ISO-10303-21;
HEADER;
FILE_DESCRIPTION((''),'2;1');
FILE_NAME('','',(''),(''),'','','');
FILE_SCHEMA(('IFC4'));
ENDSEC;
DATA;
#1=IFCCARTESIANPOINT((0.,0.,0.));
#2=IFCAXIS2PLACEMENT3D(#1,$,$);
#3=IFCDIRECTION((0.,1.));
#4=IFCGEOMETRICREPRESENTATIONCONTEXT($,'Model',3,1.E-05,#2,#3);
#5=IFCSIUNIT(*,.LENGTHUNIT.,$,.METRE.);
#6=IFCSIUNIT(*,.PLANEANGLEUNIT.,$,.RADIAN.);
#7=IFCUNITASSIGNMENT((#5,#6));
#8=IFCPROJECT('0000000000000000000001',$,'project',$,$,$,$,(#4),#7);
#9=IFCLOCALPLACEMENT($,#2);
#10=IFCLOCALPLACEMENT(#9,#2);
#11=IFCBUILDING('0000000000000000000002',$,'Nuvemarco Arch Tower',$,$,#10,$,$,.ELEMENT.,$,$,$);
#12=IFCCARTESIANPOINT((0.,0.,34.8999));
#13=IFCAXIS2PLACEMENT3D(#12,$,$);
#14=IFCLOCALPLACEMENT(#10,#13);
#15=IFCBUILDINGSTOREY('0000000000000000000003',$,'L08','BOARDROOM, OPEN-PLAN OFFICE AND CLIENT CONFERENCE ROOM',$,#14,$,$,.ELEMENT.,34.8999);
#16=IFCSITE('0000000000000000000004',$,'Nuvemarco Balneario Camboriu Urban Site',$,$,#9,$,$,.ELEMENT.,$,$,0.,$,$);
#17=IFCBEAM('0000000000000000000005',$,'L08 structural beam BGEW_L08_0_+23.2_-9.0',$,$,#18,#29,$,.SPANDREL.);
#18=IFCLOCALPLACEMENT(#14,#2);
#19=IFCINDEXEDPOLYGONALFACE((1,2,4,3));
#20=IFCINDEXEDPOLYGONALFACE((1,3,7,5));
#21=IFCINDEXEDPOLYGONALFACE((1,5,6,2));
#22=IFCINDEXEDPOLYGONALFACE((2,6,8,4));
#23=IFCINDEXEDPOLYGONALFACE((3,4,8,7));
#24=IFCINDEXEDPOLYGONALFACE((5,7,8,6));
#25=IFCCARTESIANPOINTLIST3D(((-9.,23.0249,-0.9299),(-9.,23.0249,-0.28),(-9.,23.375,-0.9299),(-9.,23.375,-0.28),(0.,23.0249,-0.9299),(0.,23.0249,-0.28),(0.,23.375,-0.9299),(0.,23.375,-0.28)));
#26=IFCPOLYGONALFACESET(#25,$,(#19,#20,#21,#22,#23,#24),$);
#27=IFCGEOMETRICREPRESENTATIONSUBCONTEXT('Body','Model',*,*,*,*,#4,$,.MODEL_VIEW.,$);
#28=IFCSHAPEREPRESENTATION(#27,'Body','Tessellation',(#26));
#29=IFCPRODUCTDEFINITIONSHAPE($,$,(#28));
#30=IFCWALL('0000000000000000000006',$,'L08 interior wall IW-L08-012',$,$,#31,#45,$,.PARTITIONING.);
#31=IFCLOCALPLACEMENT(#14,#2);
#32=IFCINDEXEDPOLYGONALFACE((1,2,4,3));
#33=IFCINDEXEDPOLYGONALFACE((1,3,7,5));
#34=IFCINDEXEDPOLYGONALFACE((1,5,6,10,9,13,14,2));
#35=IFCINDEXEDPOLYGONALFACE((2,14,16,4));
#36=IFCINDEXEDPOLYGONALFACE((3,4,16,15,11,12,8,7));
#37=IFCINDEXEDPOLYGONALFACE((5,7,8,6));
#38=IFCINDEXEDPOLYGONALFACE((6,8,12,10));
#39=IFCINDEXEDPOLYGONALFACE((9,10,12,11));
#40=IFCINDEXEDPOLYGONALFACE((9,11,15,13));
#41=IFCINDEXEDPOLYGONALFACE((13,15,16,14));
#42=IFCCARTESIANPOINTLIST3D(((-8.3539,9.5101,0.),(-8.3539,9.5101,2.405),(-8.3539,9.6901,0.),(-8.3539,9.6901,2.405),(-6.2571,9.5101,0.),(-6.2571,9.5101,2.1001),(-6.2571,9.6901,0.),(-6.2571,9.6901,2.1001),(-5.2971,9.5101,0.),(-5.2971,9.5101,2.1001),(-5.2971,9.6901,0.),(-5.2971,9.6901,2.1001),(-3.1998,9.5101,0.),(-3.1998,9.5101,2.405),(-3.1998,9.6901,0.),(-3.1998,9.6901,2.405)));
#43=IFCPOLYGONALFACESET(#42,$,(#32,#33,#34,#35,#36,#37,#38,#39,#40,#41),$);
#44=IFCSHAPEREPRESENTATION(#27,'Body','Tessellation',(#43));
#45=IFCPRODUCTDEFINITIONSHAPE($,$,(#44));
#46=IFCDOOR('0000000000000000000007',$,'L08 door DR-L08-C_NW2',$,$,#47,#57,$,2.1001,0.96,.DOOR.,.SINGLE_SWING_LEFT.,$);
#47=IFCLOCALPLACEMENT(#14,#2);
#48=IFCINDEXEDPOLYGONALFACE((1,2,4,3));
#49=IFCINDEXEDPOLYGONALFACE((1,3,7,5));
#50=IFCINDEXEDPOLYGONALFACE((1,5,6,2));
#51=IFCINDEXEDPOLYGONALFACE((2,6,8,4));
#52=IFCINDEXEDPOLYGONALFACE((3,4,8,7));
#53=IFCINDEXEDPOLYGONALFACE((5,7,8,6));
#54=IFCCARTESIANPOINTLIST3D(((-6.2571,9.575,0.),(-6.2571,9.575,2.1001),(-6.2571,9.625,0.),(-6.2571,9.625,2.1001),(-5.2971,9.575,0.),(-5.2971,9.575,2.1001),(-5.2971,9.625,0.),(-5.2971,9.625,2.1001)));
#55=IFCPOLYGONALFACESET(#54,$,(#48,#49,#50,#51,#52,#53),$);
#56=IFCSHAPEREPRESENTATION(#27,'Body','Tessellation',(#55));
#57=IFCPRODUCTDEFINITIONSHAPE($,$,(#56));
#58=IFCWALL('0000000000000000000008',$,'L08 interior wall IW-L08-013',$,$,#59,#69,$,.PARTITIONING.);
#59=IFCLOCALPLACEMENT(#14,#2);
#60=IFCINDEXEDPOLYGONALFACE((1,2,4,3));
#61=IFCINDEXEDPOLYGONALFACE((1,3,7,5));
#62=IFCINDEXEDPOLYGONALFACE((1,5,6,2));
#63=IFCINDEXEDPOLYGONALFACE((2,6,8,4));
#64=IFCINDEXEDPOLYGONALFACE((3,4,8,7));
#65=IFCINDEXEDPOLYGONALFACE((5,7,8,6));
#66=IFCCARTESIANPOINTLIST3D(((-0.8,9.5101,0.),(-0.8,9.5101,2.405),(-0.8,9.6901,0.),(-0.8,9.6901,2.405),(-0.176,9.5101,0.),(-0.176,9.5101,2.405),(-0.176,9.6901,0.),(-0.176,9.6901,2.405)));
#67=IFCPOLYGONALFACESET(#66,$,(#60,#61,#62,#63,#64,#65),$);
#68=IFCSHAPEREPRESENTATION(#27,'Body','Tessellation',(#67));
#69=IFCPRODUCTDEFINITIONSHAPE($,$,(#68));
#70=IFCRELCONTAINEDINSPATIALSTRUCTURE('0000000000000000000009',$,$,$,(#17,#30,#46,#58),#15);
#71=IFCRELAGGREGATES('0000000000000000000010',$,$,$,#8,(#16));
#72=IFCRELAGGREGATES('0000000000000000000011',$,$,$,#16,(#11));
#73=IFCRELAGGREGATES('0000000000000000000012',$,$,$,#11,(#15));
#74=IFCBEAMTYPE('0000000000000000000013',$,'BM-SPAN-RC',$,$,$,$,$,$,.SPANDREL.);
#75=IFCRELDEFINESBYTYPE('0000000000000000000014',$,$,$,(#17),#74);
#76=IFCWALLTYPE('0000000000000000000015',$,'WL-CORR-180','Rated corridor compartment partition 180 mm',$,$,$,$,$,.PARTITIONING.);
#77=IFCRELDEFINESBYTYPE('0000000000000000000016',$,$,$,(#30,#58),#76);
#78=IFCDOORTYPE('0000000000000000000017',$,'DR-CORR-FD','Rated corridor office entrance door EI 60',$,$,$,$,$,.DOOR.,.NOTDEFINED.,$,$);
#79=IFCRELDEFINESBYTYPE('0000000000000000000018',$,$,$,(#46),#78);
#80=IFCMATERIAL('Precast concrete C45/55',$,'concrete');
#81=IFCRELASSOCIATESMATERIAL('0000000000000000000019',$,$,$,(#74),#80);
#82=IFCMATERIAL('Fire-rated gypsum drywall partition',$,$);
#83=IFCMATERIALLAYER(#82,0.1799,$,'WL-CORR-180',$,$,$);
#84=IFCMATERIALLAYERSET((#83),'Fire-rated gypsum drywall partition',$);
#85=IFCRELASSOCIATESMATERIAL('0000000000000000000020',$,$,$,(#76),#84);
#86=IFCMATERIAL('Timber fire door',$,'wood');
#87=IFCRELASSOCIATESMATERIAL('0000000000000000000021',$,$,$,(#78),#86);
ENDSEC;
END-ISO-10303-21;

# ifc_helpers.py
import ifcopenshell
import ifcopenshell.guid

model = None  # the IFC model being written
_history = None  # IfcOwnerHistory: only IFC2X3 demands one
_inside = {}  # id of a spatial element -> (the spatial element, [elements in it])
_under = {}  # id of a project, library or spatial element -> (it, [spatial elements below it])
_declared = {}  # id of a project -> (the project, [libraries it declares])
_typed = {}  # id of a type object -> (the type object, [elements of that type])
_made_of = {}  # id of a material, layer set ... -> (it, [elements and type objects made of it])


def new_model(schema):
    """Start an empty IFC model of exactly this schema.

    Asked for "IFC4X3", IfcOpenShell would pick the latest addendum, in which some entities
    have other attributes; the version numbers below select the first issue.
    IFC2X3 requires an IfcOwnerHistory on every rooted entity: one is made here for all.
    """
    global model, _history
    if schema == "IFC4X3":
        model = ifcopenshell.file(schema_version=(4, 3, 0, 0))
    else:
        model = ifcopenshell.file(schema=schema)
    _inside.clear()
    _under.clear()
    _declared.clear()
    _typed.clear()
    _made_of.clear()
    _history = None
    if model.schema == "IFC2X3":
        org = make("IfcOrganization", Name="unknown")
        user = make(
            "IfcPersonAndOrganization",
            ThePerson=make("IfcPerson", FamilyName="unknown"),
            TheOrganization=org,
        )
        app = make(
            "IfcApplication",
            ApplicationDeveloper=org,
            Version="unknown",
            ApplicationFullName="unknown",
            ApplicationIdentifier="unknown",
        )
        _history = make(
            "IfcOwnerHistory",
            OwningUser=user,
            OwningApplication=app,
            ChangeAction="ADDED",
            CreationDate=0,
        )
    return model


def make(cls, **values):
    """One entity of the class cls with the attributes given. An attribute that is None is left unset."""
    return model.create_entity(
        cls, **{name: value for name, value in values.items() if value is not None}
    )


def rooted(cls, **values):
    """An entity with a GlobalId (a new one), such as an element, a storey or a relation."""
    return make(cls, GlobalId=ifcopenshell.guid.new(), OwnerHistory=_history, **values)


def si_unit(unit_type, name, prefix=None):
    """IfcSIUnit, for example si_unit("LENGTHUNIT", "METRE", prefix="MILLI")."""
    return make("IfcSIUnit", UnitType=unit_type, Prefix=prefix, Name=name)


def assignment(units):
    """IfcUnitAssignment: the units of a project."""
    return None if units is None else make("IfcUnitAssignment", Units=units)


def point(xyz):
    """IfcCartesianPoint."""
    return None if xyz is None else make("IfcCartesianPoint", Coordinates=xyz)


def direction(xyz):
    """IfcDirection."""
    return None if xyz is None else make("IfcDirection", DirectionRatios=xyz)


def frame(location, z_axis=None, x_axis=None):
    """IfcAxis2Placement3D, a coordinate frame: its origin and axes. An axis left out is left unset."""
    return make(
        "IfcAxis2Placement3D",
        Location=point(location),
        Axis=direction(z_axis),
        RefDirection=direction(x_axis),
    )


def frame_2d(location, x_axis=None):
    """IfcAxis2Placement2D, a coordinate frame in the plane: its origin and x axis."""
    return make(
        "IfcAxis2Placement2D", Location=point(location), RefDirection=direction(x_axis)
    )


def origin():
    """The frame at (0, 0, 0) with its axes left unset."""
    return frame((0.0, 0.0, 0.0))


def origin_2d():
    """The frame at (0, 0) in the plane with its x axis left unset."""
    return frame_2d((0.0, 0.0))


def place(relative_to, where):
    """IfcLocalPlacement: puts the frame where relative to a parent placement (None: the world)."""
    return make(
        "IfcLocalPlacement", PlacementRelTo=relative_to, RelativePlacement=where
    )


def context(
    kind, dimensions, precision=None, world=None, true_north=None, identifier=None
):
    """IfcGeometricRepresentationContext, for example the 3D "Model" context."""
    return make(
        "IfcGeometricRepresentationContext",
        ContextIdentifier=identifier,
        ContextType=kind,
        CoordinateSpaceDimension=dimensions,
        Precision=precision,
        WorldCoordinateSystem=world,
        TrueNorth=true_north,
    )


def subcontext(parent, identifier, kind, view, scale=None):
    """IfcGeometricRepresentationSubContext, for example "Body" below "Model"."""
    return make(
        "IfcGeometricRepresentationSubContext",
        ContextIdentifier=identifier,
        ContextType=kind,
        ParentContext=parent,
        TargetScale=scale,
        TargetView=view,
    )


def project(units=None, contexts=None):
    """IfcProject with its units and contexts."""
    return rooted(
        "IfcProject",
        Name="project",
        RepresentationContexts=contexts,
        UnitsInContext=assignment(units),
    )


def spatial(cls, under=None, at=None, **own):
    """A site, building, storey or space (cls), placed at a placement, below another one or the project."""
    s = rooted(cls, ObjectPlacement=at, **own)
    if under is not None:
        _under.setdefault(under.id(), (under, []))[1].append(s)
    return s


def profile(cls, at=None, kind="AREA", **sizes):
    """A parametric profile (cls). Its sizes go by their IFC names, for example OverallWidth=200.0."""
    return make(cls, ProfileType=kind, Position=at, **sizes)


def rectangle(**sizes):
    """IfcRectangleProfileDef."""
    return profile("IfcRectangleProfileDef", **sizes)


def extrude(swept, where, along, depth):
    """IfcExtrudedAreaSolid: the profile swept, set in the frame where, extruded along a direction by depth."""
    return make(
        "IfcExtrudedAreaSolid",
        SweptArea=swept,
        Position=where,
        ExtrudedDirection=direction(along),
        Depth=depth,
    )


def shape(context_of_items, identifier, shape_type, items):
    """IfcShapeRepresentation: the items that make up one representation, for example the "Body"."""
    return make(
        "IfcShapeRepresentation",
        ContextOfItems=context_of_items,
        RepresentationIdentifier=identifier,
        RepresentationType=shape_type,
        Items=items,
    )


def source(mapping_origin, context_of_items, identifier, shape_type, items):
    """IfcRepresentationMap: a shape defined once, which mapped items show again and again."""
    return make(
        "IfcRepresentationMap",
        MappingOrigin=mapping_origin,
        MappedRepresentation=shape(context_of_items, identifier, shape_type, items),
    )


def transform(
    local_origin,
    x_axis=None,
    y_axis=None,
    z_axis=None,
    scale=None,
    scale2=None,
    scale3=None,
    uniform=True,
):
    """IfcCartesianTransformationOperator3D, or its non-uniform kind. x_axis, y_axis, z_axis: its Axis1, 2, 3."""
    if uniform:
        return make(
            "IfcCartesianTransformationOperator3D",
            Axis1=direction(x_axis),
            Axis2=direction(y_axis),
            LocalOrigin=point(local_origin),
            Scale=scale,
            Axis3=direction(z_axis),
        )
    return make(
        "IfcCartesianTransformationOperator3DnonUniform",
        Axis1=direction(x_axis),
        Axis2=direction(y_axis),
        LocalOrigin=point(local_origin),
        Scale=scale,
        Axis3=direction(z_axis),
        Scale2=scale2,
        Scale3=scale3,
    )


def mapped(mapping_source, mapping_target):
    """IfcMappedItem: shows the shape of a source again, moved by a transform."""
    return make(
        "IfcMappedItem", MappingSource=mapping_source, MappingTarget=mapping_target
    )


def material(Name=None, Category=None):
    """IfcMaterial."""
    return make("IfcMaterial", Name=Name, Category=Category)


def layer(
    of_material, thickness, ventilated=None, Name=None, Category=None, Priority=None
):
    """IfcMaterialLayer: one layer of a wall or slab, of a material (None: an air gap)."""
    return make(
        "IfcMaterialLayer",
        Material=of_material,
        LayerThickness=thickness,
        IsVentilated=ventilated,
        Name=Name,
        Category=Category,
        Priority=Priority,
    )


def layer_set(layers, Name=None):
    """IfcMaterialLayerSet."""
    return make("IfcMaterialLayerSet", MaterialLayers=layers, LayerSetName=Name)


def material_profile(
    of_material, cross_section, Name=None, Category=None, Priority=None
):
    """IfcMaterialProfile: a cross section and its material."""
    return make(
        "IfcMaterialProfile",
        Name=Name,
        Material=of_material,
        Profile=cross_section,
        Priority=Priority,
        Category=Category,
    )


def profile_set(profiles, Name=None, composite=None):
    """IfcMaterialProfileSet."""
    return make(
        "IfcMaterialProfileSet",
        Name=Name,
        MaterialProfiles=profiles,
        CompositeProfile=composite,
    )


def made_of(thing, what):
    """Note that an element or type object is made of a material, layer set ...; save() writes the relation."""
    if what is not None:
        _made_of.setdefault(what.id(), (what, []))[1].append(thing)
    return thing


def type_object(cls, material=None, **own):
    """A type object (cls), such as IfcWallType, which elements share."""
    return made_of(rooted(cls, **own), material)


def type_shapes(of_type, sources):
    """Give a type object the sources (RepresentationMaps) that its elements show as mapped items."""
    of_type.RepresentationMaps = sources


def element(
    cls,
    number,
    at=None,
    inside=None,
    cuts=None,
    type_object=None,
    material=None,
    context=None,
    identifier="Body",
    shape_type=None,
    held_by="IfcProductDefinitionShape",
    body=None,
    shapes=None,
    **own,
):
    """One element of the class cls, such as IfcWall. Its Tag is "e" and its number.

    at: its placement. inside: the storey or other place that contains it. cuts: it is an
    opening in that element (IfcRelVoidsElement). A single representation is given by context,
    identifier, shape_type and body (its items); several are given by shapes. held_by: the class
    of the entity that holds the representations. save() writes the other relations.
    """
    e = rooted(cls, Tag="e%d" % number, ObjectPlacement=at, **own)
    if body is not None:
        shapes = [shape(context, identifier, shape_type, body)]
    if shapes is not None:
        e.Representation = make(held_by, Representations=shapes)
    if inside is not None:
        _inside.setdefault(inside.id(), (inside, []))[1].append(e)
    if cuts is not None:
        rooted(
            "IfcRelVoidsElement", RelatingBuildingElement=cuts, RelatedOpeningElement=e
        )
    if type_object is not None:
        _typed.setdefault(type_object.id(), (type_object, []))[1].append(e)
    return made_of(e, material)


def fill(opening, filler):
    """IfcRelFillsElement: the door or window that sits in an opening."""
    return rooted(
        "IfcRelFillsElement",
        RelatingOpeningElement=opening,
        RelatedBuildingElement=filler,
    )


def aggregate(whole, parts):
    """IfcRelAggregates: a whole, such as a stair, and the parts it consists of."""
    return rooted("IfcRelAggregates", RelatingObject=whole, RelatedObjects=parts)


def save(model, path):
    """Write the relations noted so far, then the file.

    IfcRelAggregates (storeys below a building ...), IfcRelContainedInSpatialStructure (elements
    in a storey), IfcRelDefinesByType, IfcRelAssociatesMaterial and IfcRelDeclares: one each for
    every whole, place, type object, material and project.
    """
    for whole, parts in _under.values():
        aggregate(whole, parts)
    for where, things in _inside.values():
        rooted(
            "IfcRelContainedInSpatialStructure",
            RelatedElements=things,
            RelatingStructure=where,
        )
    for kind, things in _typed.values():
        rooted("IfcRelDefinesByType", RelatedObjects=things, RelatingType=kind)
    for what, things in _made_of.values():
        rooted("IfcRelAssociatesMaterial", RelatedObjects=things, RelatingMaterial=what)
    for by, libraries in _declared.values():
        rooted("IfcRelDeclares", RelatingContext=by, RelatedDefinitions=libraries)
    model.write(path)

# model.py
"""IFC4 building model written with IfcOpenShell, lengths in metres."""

from ifc_helpers import new_model, si_unit, direction, frame, frame_2d, origin, origin_2d, place, context, subcontext, project, spatial, rectangle, extrude, source, transform, mapped, material, layer, layer_set, material_profile, profile_set, type_object, type_shapes, element, fill, save


model = new_model("IFC4")

# Units and contexts
model_context = context("Model", 3, precision=1e-05, world=origin(), true_north=direction((0.0, 1.0)))
body_context = subcontext(model_context, "Body", "Model", "MODEL_VIEW")
ifc_project = project(units=[si_unit("LENGTHUNIT", "METRE"), si_unit("PLANEANGLEUNIT", "RADIAN")], contexts=[model_context])

# Site, building, storey
site_placement = place(None, origin())
site = spatial("IfcSite", under=ifc_project, at=site_placement, Name="Nuvemarco Balneario Camboriu Urban Site", CompositionType="ELEMENT", RefElevation=0.0)
building_placement = place(site_placement, origin())
building = spatial("IfcBuilding", under=site, at=building_placement, Name="Nuvemarco Arch Tower", CompositionType="ELEMENT")
storey_placement = place(building_placement, frame((0.0, 0.0, 34.8999)))
storey = spatial("IfcBuildingStorey", under=building, at=storey_placement, Name="L08", Description="BOARDROOM, OPEN-PLAN OFFICE AND CLIENT CONFERENCE ROOM", CompositionType="ELEMENT", Elevation=34.8999)

# Beam
ifc_material_1 = material(Name="Precast concrete C45/55", Category="concrete")
ifc_material_profile_1 = material_profile(ifc_material_1, rectangle(XDim=0.3501, YDim=0.6499, at=origin_2d()), Name="PC-SP-350x650")
ifc_profile_set_1 = profile_set([ifc_material_profile_1], Name="Precast concrete C45/55")
beam_type_1 = type_object("IfcBeamType", Name="BM-SPAN-RC", PredefinedType="SPANDREL", material=ifc_profile_set_1)
beam_1_placement = place(storey_placement, frame((-9.0, 23.2, -0.605), z_axis=(1.0, 0.0, 0.0), x_axis=(0.0, 1.0, 0.0)))
element("IfcBeam", 1, at=beam_1_placement, inside=storey, type_object=beam_type_1, Name="L08 structural beam BGEW_L08_0_+23.2_-9.0", PredefinedType="SPANDREL", context=body_context, shape_type="SweptSolid", body=[
    extrude(rectangle(XDim=0.3501, YDim=0.6499, at=origin_2d()), origin(), (0.0, 0.0, 1.0), 9.0),
])

# Wall, opening, door
ifc_material_2 = material(Name="Fire-rated gypsum drywall partition")
ifc_layer_1 = layer(ifc_material_2, 0.1799, Name="WL-CORR-180")
ifc_layer_set_1 = layer_set([ifc_layer_1], Name="Fire-rated gypsum drywall partition")
wall_type_1 = type_object("IfcWallType", Name="WL-CORR-180", Description="Rated corridor compartment partition 180 mm", PredefinedType="PARTITIONING", material=ifc_layer_set_1)
wall_1_placement = place(storey_placement, frame((-8.354, 9.6001, 0.0), z_axis=(0.0, 0.0, 1.0), x_axis=(1.0, 0.0, 0.0)))
wall_1 = element("IfcWall", 2, at=wall_1_placement, inside=storey, type_object=wall_type_1, Name="L08 interior wall IW-L08-012", PredefinedType="PARTITIONING", context=body_context, shape_type="SweptSolid", body=[
    extrude(rectangle(XDim=5.1541, YDim=0.1799, at=frame_2d((2.5771, 0.0))), origin(), (0.0, 0.0, 1.0), 2.405),
])
opening_1_placement = place(wall_1_placement, frame((2.0969, 0.0, 0.0)))
opening_1 = element("IfcOpeningElement", 3, at=opening_1_placement, cuts=wall_1, PredefinedType="OPENING", context=body_context, shape_type="SweptSolid", body=[
    extrude(rectangle(XDim=0.96, YDim=2.1001, at=frame_2d((0.48, 1.05))), frame((0.0, 0.0999, 0.0), z_axis=(0.0, -1.0, 0.0), x_axis=(1.0, 0.0, 0.0)), (0.0, 0.0, 1.0), 0.2),
])
ifc_material_3 = material(Name="Timber fire door", Category="wood")
door_type = type_object("IfcDoorType", Name="DR-CORR-FD", Description="Rated corridor office entrance door EI 60", OperationType="NOTDEFINED", PredefinedType="DOOR", material=ifc_material_3)
shared_shape_1 = source(origin(), body_context, "Body", "SweptSolid", [
    extrude(rectangle(XDim=0.96, YDim=2.1001, at=frame_2d((0.48, 1.05))), frame((0.0, 0.0249, 0.0), z_axis=(0.0, -1.0, 0.0), x_axis=(1.0, 0.0, 0.0)), (0.0, 0.0, 1.0), 0.05),
])
type_shapes(door_type, [shared_shape_1])
door_1_placement = place(opening_1_placement, origin())
door_1 = element("IfcDoor", 4, at=door_1_placement, inside=storey, type_object=door_type, Name="L08 door DR-L08-C_NW2", OperationType="SINGLE_SWING_LEFT", OverallHeight=2.1001, OverallWidth=0.96, PredefinedType="DOOR", context=body_context, shape_type="MappedRepresentation", body=[
    mapped(shared_shape_1, transform((0.0, 0.0, 0.0), scale=1.0)),
])
fill(opening_1, door_1)

# Wall
wall_2_placement = place(storey_placement, frame((-0.8, 9.6001, 0.0), z_axis=(0.0, 0.0, 1.0), x_axis=(1.0, 0.0, 0.0)))
element("IfcWall", 5, at=wall_2_placement, inside=storey, type_object=wall_type_1, Name="L08 interior wall IW-L08-013", PredefinedType="PARTITIONING", context=body_context, shape_type="SweptSolid", body=[
    extrude(rectangle(XDim=0.624, YDim=0.1799, at=frame_2d((0.312, 0.0))), origin(), (0.0, 0.0, 1.0), 2.405),
])

save(model, "model.ifc")
